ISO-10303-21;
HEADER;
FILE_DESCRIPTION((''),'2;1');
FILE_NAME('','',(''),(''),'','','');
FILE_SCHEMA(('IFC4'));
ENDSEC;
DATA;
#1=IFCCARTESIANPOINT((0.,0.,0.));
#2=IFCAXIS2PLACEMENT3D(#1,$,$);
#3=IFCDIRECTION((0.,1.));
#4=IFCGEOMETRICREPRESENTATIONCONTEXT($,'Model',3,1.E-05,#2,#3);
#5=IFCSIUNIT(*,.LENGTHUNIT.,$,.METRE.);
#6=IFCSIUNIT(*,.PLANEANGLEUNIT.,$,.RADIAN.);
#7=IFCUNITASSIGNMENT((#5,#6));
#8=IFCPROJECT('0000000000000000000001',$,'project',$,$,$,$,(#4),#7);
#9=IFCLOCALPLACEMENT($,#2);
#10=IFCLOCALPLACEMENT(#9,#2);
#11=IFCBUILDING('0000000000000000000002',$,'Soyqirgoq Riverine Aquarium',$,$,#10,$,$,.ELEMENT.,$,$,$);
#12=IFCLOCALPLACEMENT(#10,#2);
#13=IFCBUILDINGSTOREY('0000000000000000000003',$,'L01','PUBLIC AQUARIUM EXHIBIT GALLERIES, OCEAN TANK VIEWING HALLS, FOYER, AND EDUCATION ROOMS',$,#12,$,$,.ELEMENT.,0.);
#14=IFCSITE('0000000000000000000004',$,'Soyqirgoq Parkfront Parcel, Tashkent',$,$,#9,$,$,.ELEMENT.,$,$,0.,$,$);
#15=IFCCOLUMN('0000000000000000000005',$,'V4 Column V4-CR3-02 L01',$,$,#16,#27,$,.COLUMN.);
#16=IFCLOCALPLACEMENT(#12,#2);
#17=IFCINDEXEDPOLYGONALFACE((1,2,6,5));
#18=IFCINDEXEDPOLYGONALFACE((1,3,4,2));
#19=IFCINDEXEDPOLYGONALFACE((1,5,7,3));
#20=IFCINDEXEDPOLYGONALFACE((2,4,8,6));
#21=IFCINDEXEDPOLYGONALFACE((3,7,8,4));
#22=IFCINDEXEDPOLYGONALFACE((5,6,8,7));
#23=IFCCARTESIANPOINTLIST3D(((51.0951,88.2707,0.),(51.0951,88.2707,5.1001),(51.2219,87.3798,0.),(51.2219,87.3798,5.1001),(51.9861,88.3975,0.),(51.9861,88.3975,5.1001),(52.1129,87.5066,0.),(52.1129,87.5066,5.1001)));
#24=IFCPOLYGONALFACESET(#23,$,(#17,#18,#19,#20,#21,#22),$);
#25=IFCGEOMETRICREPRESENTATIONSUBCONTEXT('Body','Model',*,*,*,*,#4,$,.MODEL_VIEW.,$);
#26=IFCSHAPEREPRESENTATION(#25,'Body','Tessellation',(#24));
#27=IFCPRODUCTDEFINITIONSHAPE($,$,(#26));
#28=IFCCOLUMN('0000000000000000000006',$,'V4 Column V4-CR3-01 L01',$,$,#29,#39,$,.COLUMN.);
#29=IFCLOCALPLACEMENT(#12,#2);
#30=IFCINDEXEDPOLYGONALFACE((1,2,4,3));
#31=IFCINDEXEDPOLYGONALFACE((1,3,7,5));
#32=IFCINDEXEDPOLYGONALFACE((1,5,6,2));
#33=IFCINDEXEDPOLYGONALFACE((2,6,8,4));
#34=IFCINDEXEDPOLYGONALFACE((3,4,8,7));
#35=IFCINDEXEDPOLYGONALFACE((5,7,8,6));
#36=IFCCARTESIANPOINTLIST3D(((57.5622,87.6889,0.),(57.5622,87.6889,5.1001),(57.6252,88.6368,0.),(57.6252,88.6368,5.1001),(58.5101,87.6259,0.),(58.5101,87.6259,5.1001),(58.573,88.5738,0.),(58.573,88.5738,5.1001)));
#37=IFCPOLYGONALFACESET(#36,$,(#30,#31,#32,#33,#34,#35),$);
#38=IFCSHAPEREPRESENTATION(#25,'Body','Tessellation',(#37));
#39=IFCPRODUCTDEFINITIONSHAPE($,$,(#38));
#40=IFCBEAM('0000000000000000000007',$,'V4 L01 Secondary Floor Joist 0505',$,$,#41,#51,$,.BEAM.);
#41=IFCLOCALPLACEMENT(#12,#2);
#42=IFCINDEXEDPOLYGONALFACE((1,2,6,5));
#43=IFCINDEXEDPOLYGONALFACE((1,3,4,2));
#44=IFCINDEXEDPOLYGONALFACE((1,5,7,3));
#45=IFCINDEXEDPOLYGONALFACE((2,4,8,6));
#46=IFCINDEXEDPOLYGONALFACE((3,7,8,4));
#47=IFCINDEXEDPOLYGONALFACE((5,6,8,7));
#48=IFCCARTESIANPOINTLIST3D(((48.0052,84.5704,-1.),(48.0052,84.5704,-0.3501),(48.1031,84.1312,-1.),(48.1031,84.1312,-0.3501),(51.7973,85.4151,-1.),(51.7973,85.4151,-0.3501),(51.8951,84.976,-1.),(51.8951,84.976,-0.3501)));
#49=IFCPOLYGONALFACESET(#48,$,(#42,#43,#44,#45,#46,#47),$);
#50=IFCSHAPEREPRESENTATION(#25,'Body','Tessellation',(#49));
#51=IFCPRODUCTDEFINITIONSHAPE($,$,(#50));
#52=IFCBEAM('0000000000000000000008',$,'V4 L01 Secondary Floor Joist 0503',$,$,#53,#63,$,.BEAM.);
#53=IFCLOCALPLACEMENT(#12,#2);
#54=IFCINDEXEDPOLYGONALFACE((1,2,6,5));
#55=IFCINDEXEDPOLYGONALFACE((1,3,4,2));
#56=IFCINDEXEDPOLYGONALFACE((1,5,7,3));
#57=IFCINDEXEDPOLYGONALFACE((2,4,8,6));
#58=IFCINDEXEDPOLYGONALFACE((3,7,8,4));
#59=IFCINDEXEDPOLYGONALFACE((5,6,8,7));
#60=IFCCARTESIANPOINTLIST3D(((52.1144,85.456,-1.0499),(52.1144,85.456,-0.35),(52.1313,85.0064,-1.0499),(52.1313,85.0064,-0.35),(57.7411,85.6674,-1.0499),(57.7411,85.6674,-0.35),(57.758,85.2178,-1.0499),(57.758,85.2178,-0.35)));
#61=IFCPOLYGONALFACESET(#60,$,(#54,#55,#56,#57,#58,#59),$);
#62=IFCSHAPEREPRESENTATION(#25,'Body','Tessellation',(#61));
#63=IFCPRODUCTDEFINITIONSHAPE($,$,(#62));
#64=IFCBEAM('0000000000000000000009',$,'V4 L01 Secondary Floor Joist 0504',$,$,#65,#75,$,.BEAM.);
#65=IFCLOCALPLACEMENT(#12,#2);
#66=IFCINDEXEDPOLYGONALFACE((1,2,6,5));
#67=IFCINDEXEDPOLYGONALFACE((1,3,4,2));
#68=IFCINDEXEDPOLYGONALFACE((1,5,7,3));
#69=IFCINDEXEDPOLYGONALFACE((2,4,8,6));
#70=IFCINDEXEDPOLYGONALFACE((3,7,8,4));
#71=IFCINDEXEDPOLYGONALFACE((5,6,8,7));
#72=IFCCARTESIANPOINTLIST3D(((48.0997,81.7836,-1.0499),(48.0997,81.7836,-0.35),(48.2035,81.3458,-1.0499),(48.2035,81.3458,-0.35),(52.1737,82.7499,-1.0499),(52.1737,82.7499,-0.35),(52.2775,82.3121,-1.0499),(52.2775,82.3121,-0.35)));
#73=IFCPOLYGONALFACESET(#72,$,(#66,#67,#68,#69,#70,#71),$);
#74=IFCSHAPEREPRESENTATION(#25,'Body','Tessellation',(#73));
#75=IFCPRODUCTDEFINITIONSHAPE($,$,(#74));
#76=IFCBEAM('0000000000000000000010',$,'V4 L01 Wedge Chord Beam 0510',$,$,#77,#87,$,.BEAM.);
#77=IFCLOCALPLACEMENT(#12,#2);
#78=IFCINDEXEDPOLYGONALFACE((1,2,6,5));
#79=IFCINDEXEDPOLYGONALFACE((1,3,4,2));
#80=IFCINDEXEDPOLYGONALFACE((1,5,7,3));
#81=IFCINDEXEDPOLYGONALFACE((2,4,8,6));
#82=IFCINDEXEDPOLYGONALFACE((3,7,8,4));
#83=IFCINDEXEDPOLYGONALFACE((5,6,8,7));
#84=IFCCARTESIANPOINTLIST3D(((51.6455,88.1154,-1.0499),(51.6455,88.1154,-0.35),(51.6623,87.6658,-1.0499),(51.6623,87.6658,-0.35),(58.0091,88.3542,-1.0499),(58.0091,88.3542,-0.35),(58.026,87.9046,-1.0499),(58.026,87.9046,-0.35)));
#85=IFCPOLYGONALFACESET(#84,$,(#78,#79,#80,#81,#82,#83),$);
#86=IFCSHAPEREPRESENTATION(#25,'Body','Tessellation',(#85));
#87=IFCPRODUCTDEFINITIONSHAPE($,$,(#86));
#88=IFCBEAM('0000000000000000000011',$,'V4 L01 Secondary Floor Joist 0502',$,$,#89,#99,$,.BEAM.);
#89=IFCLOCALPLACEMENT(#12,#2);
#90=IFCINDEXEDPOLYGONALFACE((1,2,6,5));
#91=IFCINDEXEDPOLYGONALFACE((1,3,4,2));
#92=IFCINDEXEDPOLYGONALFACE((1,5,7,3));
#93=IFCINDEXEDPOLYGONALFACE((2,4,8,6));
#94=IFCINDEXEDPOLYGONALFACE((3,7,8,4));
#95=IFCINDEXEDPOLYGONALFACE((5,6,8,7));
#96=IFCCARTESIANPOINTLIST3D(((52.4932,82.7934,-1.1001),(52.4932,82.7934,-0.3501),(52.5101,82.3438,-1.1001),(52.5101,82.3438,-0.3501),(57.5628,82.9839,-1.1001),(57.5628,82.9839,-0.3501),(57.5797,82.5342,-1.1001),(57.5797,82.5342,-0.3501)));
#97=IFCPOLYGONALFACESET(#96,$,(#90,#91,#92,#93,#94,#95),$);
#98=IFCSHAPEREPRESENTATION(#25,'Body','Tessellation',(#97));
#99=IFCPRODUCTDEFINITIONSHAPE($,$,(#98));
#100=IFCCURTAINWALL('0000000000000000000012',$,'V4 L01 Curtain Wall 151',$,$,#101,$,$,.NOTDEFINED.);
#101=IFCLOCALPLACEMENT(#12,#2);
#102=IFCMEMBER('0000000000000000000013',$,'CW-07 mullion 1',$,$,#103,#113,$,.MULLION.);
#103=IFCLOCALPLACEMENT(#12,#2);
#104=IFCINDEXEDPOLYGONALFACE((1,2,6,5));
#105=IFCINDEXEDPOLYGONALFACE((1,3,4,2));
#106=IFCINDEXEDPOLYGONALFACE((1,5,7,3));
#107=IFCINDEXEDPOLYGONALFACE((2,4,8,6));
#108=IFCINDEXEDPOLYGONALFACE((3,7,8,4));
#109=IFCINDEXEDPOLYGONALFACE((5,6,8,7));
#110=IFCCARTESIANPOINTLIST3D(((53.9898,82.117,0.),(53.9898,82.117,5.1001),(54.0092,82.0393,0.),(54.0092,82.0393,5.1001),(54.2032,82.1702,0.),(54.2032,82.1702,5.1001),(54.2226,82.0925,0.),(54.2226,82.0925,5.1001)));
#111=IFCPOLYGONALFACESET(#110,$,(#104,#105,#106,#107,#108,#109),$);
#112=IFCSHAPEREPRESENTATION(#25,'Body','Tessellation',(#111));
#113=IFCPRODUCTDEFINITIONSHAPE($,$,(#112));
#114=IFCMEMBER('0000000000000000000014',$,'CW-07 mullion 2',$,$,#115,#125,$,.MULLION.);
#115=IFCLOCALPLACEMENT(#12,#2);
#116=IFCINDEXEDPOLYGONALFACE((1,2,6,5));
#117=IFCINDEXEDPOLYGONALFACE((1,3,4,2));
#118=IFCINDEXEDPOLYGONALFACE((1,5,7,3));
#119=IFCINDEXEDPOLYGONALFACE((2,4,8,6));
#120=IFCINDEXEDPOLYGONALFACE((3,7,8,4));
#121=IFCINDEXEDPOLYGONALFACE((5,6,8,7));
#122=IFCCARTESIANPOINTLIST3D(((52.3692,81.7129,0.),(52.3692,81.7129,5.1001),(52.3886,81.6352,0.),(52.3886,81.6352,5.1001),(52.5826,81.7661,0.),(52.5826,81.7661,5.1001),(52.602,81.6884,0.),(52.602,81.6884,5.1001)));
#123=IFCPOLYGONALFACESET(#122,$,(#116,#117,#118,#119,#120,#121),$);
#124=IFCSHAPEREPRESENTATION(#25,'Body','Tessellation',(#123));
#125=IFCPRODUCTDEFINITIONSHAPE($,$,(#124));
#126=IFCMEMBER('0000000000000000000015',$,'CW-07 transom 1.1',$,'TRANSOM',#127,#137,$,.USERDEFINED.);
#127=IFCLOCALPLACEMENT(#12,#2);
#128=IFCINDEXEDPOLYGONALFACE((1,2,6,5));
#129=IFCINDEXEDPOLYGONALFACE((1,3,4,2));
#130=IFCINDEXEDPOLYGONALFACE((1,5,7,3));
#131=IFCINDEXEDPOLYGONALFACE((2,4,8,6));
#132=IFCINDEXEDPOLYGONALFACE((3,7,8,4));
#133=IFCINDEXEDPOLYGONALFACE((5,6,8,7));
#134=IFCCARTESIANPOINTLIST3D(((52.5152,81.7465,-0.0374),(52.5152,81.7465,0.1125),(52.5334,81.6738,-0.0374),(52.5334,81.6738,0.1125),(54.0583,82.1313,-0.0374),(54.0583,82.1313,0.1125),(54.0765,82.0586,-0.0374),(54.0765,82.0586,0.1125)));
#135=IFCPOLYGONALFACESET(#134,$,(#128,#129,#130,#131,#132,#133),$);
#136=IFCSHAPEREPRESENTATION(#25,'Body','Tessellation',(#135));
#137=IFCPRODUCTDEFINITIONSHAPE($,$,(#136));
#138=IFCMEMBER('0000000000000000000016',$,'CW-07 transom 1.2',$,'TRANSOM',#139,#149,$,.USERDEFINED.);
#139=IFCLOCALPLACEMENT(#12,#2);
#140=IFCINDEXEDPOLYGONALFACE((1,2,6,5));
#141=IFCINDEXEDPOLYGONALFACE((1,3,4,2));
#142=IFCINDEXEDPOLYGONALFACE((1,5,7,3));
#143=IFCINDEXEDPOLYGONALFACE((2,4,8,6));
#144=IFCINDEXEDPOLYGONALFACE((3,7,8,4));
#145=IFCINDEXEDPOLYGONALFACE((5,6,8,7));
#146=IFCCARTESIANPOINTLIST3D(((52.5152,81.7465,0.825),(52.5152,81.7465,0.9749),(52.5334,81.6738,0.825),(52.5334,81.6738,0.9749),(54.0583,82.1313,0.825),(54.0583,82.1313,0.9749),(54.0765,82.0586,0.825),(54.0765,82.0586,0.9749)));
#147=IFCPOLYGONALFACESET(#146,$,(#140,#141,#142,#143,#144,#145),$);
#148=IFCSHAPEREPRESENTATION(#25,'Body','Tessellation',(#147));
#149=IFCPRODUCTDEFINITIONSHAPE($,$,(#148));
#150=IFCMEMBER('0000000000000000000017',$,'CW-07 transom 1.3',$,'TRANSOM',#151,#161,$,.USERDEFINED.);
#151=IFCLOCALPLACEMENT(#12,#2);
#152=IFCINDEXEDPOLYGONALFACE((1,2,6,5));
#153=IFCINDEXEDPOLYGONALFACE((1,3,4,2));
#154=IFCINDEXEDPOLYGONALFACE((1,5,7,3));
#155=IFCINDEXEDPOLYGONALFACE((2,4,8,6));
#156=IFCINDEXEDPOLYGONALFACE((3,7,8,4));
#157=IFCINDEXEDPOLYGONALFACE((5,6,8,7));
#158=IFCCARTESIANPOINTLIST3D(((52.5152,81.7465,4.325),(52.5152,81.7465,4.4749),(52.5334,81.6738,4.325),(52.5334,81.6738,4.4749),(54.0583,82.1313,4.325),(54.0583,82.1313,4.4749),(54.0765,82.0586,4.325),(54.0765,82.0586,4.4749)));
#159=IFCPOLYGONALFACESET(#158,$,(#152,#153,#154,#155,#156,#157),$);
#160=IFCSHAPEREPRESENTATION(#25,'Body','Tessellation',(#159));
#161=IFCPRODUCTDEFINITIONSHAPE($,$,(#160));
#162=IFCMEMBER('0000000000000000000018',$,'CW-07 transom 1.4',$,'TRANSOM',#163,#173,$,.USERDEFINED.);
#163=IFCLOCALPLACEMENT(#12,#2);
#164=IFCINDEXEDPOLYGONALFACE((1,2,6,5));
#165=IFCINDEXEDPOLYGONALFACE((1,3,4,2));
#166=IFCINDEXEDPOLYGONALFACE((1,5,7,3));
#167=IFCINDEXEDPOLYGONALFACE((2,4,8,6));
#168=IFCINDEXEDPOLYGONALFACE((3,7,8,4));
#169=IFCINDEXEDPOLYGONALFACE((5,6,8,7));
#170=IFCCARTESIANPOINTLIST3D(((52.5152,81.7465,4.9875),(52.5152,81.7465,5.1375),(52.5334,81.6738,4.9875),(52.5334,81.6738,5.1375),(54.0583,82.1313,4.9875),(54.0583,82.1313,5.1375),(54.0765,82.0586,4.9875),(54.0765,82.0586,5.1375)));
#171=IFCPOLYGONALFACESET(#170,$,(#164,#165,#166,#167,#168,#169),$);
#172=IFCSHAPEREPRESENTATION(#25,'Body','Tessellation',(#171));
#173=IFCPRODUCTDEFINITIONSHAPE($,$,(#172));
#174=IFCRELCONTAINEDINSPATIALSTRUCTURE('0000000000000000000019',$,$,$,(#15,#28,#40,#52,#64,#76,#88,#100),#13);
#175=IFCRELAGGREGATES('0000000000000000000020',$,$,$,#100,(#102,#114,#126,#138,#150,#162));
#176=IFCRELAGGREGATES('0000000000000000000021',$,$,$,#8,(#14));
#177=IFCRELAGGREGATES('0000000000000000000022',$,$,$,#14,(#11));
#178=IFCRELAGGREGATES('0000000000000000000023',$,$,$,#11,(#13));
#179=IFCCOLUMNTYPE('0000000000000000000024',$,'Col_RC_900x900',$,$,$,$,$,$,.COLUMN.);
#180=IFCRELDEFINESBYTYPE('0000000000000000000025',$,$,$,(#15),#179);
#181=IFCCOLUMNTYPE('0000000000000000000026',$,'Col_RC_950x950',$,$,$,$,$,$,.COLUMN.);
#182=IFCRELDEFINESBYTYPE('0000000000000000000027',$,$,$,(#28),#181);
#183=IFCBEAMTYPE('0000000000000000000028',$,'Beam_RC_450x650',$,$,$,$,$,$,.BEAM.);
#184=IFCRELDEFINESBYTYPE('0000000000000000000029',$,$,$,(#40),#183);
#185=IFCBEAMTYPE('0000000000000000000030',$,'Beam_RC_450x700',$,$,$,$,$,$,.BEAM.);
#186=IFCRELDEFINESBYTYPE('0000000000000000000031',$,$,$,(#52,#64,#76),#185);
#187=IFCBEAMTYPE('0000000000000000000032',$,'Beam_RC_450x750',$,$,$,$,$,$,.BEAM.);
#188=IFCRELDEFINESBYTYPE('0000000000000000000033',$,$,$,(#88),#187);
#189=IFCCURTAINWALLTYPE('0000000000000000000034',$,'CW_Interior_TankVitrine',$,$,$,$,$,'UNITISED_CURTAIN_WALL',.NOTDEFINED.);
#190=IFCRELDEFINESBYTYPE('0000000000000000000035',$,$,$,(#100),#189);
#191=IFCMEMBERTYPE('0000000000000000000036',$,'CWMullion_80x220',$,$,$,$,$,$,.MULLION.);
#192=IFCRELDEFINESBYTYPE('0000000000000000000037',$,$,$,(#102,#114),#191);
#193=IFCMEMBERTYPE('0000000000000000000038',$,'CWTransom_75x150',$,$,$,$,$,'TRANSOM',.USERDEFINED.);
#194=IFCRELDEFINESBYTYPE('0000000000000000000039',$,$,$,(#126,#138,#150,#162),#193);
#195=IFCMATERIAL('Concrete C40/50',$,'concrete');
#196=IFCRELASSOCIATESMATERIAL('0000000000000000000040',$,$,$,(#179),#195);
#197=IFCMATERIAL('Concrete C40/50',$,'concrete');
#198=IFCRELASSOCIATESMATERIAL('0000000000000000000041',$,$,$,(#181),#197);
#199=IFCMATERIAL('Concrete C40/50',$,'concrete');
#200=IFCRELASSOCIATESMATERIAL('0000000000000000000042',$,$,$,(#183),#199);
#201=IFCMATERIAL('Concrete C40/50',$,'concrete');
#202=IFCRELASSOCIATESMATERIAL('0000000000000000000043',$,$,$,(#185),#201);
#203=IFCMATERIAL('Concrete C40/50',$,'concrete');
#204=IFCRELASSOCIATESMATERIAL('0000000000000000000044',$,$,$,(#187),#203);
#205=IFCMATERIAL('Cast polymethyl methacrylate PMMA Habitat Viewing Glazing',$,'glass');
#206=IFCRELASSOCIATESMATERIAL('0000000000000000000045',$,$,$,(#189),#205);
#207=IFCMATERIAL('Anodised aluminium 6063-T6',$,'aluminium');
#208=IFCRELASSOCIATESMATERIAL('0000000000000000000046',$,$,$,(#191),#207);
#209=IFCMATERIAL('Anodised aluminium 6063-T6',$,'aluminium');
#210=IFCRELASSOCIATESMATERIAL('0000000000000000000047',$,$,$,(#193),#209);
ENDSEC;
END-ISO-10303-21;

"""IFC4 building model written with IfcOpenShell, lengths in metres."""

from ifc_helpers import new_model, si_unit, direction, frame, origin, origin_2d, place, context, subcontext, project, spatial, rectangle, extrude, material, material_profile, profile_set, type_object, element, aggregate, save


model = new_model("IFC4")

# Units and contexts
model_context = context("Model", 3, precision=1e-05, world=origin(), true_north=direction((0.0, 1.0)))
body_context = subcontext(model_context, "Body", "Model", "MODEL_VIEW")
ifc_project = project(units=[si_unit("LENGTHUNIT", "METRE"), si_unit("PLANEANGLEUNIT", "RADIAN")], contexts=[model_context])

# Site, building, storey
site_placement = place(None, origin())
site = spatial("IfcSite", under=ifc_project, at=site_placement, Name="Soyqirgoq Parkfront Parcel, Tashkent", CompositionType="ELEMENT", RefElevation=0.0)
building_placement = place(site_placement, origin())
building = spatial("IfcBuilding", under=site, at=building_placement, Name="Soyqirgoq Riverine Aquarium", CompositionType="ELEMENT")
storey_placement = place(building_placement, origin())
storey = spatial("IfcBuildingStorey", under=building, at=storey_placement, Name="L01", Description="PUBLIC AQUARIUM EXHIBIT GALLERIES, OCEAN TANK VIEWING HALLS, FOYER, AND EDUCATION ROOMS", CompositionType="ELEMENT", Elevation=0.0)

# Columns
ifc_material_1 = material(Name="Concrete C40/50", Category="concrete")
ifc_material_profile_1 = material_profile(ifc_material_1, rectangle(XDim=0.8999, YDim=0.8999, at=origin_2d()), Name="RC 900x900")
ifc_profile_set_1 = profile_set([ifc_material_profile_1], Name="Concrete C40/50")
column_type_1 = type_object("IfcColumnType", Name="Col_RC_900x900", PredefinedType="COLUMN", material=ifc_profile_set_1)
column_1_placement = place(storey_placement, frame((51.604, 87.8887, 0.0), z_axis=(0.0, 0.0, 1.0), x_axis=(-0.140901, 0.990024, 0.0)))
element("IfcColumn", 1, at=column_1_placement, inside=storey, type_object=column_type_1, Name="V4 Column V4-CR3-02 L01", PredefinedType="COLUMN", context=body_context, shape_type="SweptSolid", body=[
    extrude(rectangle(XDim=0.8999, YDim=0.8999, at=origin_2d()), origin(), (0.0, 0.0, 1.0), 5.1001),
])
ifc_material_2 = material(Name="Concrete C40/50", Category="concrete")
ifc_material_profile_2 = material_profile(ifc_material_2, rectangle(XDim=0.95, YDim=0.95, at=origin_2d()), Name="RC 950x950")
ifc_profile_set_2 = profile_set([ifc_material_profile_2], Name="Concrete C40/50")
column_type_2 = type_object("IfcColumnType", Name="Col_RC_950x950", PredefinedType="COLUMN", material=ifc_profile_set_2)
column_2_placement = place(storey_placement, frame((58.0676, 88.1313, 0.0), z_axis=(0.0, 0.0, 1.0), x_axis=(0.066274, 0.997801, 0.0)))
element("IfcColumn", 2, at=column_2_placement, inside=storey, type_object=column_type_2, Name="V4 Column V4-CR3-01 L01", PredefinedType="COLUMN", context=body_context, shape_type="SweptSolid", body=[
    extrude(rectangle(XDim=0.95, YDim=0.95, at=origin_2d()), origin(), (0.0, 0.0, 1.0), 5.1001),
])

# Beams
ifc_material_3 = material(Name="Concrete C40/50", Category="concrete")
ifc_material_profile_3 = material_profile(ifc_material_3, rectangle(XDim=0.45, YDim=0.6499, at=origin_2d()), Name="RC 450x650")
ifc_profile_set_3 = profile_set([ifc_material_profile_3], Name="Concrete C40/50")
beam_type_1 = type_object("IfcBeamType", Name="Beam_RC_450x650", PredefinedType="BEAM", material=ifc_profile_set_3)
beam_1_placement = place(storey_placement, frame((51.8462, 85.1956, -0.675), z_axis=(-0.976075, -0.217436, 0.0), x_axis=(0.217436, -0.976075, 0.0)))
element("IfcBeam", 3, at=beam_1_placement, inside=storey, type_object=beam_type_1, Name="V4 L01 Secondary Floor Joist 0505", PredefinedType="BEAM", context=body_context, shape_type="SweptSolid", body=[
    extrude(rectangle(XDim=0.45, YDim=0.6499, at=origin_2d()), origin(), (0.0, 0.0, 1.0), 3.885),
])
ifc_material_4 = material(Name="Concrete C40/50", Category="concrete")
ifc_material_profile_4 = material_profile(ifc_material_4, rectangle(XDim=0.45, YDim=0.7, at=origin_2d()), Name="RC 450x700")
ifc_profile_set_4 = profile_set([ifc_material_profile_4], Name="Concrete C40/50")
beam_type_2 = type_object("IfcBeamType", Name="Beam_RC_450x700", PredefinedType="BEAM", material=ifc_profile_set_4)
beam_2_placement = place(storey_placement, frame((57.7495, 85.4426, -0.7), z_axis=(-0.999295, -0.037549, 0.0), x_axis=(0.037549, -0.999295, 0.0)))
element("IfcBeam", 4, at=beam_2_placement, inside=storey, type_object=beam_type_2, Name="V4 L01 Secondary Floor Joist 0503", PredefinedType="BEAM", context=body_context, shape_type="SweptSolid", body=[
    extrude(rectangle(XDim=0.45, YDim=0.7, at=origin_2d()), origin(), (0.0, 0.0, 1.0), 5.6306),
])
beam_3_placement = place(storey_placement, frame((52.2256, 82.531, -0.7), z_axis=(-0.973004, -0.230787, 0.0), x_axis=(0.230787, -0.973004, 0.0)))
element("IfcBeam", 5, at=beam_3_placement, inside=storey, type_object=beam_type_2, Name="V4 L01 Secondary Floor Joist 0504", PredefinedType="BEAM", context=body_context, shape_type="SweptSolid", body=[
    extrude(rectangle(XDim=0.45, YDim=0.7, at=origin_2d()), origin(), (0.0, 0.0, 1.0), 4.187),
])
beam_4_placement = place(storey_placement, frame((58.0176, 88.1294, -0.7), z_axis=(-0.999297, -0.037494, 0.0), x_axis=(0.037494, -0.999297, 0.0)))
element("IfcBeam", 6, at=beam_4_placement, inside=storey, type_object=beam_type_2, Name="V4 L01 Wedge Chord Beam 0510", PredefinedType="BEAM", context=body_context, shape_type="SweptSolid", body=[
    extrude(rectangle(XDim=0.45, YDim=0.7, at=origin_2d()), origin(), (0.0, 0.0, 1.0), 6.3682),
])
ifc_material_5 = material(Name="Concrete C40/50", Category="concrete")
ifc_material_profile_5 = material_profile(ifc_material_5, rectangle(XDim=0.45, YDim=0.75, at=origin_2d()), Name="RC 450x750")
ifc_profile_set_5 = profile_set([ifc_material_profile_5], Name="Concrete C40/50")
beam_type_3 = type_object("IfcBeamType", Name="Beam_RC_450x750", PredefinedType="BEAM", material=ifc_profile_set_5)
beam_5_placement = place(storey_placement, frame((57.5713, 82.759, -0.7251), z_axis=(-0.999295, -0.037537, 0.0), x_axis=(0.037537, -0.999295, 0.0)))
element("IfcBeam", 7, at=beam_5_placement, inside=storey, type_object=beam_type_3, Name="V4 L01 Secondary Floor Joist 0502", PredefinedType="BEAM", context=body_context, shape_type="SweptSolid", body=[
    extrude(rectangle(XDim=0.45, YDim=0.75, at=origin_2d()), origin(), (0.0, 0.0, 1.0), 5.0732),
])

# Curtain wall, members
ifc_material_6 = material(Name="Cast polymethyl methacrylate PMMA Habitat Viewing Glazing", Category="glass")
curtain_wall_type = type_object("IfcCurtainWallType", Name="CW_Interior_TankVitrine", ElementType="UNITISED_CURTAIN_WALL", PredefinedType="NOTDEFINED", material=ifc_material_6)
curtain_wall_placement = place(storey_placement, origin())
curtain_wall = element("IfcCurtainWall", 8, at=curtain_wall_placement, inside=storey, type_object=curtain_wall_type, Name="V4 L01 Curtain Wall 151", PredefinedType="NOTDEFINED")
ifc_material_7 = material(Name="Anodised aluminium 6063-T6", Category="aluminium")
ifc_material_profile_6 = material_profile(ifc_material_7, rectangle(XDim=0.0801, YDim=0.22, at=origin_2d()), Name="ALU-M 80x220")
ifc_profile_set_6 = profile_set([ifc_material_profile_6], Name="Anodised aluminium 6063-T6")
member_type_1 = type_object("IfcMemberType", Name="CWMullion_80x220", PredefinedType="MULLION", material=ifc_profile_set_6)
member_1_placement = place(storey_placement, frame((54.1062, 82.1047, 0.0), z_axis=(0.0, 0.0, 1.0), x_axis=(0.241922, -0.970296, 0.0)))
member_1 = element("IfcMember", 9, at=member_1_placement, type_object=member_type_1, Name="CW-07 mullion 1", PredefinedType="MULLION", context=body_context, shape_type="SweptSolid", body=[
    extrude(rectangle(XDim=0.0801, YDim=0.22, at=origin_2d()), origin(), (0.0, 0.0, 1.0), 5.1001),
])
member_2_placement = place(storey_placement, frame((52.4856, 81.7007, 0.0), z_axis=(0.0, 0.0, 1.0), x_axis=(0.241922, -0.970296, 0.0)))
member_2 = element("IfcMember", 10, at=member_2_placement, type_object=member_type_1, Name="CW-07 mullion 2", PredefinedType="MULLION", context=body_context, shape_type="SweptSolid", body=[
    extrude(rectangle(XDim=0.0801, YDim=0.22, at=origin_2d()), origin(), (0.0, 0.0, 1.0), 5.1001),
])
ifc_material_8 = material(Name="Anodised aluminium 6063-T6", Category="aluminium")
ifc_material_profile_7 = material_profile(ifc_material_8, rectangle(XDim=0.075, YDim=0.1499, at=origin_2d()), Name="ALU-T 75x150")
ifc_profile_set_7 = profile_set([ifc_material_profile_7], Name="Anodised aluminium 6063-T6")
member_type_2 = type_object("IfcMemberType", Name="CWTransom_75x150", ElementType="TRANSOM", PredefinedType="USERDEFINED", material=ifc_profile_set_7)
member_3_placement = place(storey_placement, frame((54.0674, 82.095, 0.0376), z_axis=(-0.970287, -0.241958, 0.0), x_axis=(0.241958, -0.970287, 0.0)))
member_3 = element("IfcMember", 11, at=member_3_placement, type_object=member_type_2, Name="CW-07 transom 1.1", ObjectType="TRANSOM", PredefinedType="USERDEFINED", context=body_context, shape_type="SweptSolid", body=[
    extrude(rectangle(XDim=0.075, YDim=0.1499, at=origin_2d()), origin(), (0.0, 0.0, 1.0), 1.5903),
])
member_4_placement = place(storey_placement, frame((54.0674, 82.095, 0.8999), z_axis=(-0.970287, -0.241958, 0.0), x_axis=(0.241958, -0.970287, 0.0)))
member_4 = element("IfcMember", 12, at=member_4_placement, type_object=member_type_2, Name="CW-07 transom 1.2", ObjectType="TRANSOM", PredefinedType="USERDEFINED", context=body_context, shape_type="SweptSolid", body=[
    extrude(rectangle(XDim=0.075, YDim=0.1499, at=origin_2d()), origin(), (0.0, 0.0, 1.0), 1.5903),
])
member_5_placement = place(storey_placement, frame((54.0674, 82.095, 4.3999), z_axis=(-0.970287, -0.241958, 0.0), x_axis=(0.241958, -0.970287, 0.0)))
member_5 = element("IfcMember", 13, at=member_5_placement, type_object=member_type_2, Name="CW-07 transom 1.3", ObjectType="TRANSOM", PredefinedType="USERDEFINED", context=body_context, shape_type="SweptSolid", body=[
    extrude(rectangle(XDim=0.075, YDim=0.1499, at=origin_2d()), origin(), (0.0, 0.0, 1.0), 1.5903),
])
member_6_placement = place(storey_placement, frame((54.0674, 82.095, 5.0625), z_axis=(-0.970287, -0.241958, 0.0), x_axis=(0.241958, -0.970287, 0.0)))
member_6 = element("IfcMember", 14, at=member_6_placement, type_object=member_type_2, Name="CW-07 transom 1.4", ObjectType="TRANSOM", PredefinedType="USERDEFINED", context=body_context, shape_type="SweptSolid", body=[
    extrude(rectangle(XDim=0.075, YDim=0.1499, at=origin_2d()), origin(), (0.0, 0.0, 1.0), 1.5903),
])

aggregate(curtain_wall, [member_1, member_2, member_3, member_4, member_5, member_6])

save(model, "model.ifc")
